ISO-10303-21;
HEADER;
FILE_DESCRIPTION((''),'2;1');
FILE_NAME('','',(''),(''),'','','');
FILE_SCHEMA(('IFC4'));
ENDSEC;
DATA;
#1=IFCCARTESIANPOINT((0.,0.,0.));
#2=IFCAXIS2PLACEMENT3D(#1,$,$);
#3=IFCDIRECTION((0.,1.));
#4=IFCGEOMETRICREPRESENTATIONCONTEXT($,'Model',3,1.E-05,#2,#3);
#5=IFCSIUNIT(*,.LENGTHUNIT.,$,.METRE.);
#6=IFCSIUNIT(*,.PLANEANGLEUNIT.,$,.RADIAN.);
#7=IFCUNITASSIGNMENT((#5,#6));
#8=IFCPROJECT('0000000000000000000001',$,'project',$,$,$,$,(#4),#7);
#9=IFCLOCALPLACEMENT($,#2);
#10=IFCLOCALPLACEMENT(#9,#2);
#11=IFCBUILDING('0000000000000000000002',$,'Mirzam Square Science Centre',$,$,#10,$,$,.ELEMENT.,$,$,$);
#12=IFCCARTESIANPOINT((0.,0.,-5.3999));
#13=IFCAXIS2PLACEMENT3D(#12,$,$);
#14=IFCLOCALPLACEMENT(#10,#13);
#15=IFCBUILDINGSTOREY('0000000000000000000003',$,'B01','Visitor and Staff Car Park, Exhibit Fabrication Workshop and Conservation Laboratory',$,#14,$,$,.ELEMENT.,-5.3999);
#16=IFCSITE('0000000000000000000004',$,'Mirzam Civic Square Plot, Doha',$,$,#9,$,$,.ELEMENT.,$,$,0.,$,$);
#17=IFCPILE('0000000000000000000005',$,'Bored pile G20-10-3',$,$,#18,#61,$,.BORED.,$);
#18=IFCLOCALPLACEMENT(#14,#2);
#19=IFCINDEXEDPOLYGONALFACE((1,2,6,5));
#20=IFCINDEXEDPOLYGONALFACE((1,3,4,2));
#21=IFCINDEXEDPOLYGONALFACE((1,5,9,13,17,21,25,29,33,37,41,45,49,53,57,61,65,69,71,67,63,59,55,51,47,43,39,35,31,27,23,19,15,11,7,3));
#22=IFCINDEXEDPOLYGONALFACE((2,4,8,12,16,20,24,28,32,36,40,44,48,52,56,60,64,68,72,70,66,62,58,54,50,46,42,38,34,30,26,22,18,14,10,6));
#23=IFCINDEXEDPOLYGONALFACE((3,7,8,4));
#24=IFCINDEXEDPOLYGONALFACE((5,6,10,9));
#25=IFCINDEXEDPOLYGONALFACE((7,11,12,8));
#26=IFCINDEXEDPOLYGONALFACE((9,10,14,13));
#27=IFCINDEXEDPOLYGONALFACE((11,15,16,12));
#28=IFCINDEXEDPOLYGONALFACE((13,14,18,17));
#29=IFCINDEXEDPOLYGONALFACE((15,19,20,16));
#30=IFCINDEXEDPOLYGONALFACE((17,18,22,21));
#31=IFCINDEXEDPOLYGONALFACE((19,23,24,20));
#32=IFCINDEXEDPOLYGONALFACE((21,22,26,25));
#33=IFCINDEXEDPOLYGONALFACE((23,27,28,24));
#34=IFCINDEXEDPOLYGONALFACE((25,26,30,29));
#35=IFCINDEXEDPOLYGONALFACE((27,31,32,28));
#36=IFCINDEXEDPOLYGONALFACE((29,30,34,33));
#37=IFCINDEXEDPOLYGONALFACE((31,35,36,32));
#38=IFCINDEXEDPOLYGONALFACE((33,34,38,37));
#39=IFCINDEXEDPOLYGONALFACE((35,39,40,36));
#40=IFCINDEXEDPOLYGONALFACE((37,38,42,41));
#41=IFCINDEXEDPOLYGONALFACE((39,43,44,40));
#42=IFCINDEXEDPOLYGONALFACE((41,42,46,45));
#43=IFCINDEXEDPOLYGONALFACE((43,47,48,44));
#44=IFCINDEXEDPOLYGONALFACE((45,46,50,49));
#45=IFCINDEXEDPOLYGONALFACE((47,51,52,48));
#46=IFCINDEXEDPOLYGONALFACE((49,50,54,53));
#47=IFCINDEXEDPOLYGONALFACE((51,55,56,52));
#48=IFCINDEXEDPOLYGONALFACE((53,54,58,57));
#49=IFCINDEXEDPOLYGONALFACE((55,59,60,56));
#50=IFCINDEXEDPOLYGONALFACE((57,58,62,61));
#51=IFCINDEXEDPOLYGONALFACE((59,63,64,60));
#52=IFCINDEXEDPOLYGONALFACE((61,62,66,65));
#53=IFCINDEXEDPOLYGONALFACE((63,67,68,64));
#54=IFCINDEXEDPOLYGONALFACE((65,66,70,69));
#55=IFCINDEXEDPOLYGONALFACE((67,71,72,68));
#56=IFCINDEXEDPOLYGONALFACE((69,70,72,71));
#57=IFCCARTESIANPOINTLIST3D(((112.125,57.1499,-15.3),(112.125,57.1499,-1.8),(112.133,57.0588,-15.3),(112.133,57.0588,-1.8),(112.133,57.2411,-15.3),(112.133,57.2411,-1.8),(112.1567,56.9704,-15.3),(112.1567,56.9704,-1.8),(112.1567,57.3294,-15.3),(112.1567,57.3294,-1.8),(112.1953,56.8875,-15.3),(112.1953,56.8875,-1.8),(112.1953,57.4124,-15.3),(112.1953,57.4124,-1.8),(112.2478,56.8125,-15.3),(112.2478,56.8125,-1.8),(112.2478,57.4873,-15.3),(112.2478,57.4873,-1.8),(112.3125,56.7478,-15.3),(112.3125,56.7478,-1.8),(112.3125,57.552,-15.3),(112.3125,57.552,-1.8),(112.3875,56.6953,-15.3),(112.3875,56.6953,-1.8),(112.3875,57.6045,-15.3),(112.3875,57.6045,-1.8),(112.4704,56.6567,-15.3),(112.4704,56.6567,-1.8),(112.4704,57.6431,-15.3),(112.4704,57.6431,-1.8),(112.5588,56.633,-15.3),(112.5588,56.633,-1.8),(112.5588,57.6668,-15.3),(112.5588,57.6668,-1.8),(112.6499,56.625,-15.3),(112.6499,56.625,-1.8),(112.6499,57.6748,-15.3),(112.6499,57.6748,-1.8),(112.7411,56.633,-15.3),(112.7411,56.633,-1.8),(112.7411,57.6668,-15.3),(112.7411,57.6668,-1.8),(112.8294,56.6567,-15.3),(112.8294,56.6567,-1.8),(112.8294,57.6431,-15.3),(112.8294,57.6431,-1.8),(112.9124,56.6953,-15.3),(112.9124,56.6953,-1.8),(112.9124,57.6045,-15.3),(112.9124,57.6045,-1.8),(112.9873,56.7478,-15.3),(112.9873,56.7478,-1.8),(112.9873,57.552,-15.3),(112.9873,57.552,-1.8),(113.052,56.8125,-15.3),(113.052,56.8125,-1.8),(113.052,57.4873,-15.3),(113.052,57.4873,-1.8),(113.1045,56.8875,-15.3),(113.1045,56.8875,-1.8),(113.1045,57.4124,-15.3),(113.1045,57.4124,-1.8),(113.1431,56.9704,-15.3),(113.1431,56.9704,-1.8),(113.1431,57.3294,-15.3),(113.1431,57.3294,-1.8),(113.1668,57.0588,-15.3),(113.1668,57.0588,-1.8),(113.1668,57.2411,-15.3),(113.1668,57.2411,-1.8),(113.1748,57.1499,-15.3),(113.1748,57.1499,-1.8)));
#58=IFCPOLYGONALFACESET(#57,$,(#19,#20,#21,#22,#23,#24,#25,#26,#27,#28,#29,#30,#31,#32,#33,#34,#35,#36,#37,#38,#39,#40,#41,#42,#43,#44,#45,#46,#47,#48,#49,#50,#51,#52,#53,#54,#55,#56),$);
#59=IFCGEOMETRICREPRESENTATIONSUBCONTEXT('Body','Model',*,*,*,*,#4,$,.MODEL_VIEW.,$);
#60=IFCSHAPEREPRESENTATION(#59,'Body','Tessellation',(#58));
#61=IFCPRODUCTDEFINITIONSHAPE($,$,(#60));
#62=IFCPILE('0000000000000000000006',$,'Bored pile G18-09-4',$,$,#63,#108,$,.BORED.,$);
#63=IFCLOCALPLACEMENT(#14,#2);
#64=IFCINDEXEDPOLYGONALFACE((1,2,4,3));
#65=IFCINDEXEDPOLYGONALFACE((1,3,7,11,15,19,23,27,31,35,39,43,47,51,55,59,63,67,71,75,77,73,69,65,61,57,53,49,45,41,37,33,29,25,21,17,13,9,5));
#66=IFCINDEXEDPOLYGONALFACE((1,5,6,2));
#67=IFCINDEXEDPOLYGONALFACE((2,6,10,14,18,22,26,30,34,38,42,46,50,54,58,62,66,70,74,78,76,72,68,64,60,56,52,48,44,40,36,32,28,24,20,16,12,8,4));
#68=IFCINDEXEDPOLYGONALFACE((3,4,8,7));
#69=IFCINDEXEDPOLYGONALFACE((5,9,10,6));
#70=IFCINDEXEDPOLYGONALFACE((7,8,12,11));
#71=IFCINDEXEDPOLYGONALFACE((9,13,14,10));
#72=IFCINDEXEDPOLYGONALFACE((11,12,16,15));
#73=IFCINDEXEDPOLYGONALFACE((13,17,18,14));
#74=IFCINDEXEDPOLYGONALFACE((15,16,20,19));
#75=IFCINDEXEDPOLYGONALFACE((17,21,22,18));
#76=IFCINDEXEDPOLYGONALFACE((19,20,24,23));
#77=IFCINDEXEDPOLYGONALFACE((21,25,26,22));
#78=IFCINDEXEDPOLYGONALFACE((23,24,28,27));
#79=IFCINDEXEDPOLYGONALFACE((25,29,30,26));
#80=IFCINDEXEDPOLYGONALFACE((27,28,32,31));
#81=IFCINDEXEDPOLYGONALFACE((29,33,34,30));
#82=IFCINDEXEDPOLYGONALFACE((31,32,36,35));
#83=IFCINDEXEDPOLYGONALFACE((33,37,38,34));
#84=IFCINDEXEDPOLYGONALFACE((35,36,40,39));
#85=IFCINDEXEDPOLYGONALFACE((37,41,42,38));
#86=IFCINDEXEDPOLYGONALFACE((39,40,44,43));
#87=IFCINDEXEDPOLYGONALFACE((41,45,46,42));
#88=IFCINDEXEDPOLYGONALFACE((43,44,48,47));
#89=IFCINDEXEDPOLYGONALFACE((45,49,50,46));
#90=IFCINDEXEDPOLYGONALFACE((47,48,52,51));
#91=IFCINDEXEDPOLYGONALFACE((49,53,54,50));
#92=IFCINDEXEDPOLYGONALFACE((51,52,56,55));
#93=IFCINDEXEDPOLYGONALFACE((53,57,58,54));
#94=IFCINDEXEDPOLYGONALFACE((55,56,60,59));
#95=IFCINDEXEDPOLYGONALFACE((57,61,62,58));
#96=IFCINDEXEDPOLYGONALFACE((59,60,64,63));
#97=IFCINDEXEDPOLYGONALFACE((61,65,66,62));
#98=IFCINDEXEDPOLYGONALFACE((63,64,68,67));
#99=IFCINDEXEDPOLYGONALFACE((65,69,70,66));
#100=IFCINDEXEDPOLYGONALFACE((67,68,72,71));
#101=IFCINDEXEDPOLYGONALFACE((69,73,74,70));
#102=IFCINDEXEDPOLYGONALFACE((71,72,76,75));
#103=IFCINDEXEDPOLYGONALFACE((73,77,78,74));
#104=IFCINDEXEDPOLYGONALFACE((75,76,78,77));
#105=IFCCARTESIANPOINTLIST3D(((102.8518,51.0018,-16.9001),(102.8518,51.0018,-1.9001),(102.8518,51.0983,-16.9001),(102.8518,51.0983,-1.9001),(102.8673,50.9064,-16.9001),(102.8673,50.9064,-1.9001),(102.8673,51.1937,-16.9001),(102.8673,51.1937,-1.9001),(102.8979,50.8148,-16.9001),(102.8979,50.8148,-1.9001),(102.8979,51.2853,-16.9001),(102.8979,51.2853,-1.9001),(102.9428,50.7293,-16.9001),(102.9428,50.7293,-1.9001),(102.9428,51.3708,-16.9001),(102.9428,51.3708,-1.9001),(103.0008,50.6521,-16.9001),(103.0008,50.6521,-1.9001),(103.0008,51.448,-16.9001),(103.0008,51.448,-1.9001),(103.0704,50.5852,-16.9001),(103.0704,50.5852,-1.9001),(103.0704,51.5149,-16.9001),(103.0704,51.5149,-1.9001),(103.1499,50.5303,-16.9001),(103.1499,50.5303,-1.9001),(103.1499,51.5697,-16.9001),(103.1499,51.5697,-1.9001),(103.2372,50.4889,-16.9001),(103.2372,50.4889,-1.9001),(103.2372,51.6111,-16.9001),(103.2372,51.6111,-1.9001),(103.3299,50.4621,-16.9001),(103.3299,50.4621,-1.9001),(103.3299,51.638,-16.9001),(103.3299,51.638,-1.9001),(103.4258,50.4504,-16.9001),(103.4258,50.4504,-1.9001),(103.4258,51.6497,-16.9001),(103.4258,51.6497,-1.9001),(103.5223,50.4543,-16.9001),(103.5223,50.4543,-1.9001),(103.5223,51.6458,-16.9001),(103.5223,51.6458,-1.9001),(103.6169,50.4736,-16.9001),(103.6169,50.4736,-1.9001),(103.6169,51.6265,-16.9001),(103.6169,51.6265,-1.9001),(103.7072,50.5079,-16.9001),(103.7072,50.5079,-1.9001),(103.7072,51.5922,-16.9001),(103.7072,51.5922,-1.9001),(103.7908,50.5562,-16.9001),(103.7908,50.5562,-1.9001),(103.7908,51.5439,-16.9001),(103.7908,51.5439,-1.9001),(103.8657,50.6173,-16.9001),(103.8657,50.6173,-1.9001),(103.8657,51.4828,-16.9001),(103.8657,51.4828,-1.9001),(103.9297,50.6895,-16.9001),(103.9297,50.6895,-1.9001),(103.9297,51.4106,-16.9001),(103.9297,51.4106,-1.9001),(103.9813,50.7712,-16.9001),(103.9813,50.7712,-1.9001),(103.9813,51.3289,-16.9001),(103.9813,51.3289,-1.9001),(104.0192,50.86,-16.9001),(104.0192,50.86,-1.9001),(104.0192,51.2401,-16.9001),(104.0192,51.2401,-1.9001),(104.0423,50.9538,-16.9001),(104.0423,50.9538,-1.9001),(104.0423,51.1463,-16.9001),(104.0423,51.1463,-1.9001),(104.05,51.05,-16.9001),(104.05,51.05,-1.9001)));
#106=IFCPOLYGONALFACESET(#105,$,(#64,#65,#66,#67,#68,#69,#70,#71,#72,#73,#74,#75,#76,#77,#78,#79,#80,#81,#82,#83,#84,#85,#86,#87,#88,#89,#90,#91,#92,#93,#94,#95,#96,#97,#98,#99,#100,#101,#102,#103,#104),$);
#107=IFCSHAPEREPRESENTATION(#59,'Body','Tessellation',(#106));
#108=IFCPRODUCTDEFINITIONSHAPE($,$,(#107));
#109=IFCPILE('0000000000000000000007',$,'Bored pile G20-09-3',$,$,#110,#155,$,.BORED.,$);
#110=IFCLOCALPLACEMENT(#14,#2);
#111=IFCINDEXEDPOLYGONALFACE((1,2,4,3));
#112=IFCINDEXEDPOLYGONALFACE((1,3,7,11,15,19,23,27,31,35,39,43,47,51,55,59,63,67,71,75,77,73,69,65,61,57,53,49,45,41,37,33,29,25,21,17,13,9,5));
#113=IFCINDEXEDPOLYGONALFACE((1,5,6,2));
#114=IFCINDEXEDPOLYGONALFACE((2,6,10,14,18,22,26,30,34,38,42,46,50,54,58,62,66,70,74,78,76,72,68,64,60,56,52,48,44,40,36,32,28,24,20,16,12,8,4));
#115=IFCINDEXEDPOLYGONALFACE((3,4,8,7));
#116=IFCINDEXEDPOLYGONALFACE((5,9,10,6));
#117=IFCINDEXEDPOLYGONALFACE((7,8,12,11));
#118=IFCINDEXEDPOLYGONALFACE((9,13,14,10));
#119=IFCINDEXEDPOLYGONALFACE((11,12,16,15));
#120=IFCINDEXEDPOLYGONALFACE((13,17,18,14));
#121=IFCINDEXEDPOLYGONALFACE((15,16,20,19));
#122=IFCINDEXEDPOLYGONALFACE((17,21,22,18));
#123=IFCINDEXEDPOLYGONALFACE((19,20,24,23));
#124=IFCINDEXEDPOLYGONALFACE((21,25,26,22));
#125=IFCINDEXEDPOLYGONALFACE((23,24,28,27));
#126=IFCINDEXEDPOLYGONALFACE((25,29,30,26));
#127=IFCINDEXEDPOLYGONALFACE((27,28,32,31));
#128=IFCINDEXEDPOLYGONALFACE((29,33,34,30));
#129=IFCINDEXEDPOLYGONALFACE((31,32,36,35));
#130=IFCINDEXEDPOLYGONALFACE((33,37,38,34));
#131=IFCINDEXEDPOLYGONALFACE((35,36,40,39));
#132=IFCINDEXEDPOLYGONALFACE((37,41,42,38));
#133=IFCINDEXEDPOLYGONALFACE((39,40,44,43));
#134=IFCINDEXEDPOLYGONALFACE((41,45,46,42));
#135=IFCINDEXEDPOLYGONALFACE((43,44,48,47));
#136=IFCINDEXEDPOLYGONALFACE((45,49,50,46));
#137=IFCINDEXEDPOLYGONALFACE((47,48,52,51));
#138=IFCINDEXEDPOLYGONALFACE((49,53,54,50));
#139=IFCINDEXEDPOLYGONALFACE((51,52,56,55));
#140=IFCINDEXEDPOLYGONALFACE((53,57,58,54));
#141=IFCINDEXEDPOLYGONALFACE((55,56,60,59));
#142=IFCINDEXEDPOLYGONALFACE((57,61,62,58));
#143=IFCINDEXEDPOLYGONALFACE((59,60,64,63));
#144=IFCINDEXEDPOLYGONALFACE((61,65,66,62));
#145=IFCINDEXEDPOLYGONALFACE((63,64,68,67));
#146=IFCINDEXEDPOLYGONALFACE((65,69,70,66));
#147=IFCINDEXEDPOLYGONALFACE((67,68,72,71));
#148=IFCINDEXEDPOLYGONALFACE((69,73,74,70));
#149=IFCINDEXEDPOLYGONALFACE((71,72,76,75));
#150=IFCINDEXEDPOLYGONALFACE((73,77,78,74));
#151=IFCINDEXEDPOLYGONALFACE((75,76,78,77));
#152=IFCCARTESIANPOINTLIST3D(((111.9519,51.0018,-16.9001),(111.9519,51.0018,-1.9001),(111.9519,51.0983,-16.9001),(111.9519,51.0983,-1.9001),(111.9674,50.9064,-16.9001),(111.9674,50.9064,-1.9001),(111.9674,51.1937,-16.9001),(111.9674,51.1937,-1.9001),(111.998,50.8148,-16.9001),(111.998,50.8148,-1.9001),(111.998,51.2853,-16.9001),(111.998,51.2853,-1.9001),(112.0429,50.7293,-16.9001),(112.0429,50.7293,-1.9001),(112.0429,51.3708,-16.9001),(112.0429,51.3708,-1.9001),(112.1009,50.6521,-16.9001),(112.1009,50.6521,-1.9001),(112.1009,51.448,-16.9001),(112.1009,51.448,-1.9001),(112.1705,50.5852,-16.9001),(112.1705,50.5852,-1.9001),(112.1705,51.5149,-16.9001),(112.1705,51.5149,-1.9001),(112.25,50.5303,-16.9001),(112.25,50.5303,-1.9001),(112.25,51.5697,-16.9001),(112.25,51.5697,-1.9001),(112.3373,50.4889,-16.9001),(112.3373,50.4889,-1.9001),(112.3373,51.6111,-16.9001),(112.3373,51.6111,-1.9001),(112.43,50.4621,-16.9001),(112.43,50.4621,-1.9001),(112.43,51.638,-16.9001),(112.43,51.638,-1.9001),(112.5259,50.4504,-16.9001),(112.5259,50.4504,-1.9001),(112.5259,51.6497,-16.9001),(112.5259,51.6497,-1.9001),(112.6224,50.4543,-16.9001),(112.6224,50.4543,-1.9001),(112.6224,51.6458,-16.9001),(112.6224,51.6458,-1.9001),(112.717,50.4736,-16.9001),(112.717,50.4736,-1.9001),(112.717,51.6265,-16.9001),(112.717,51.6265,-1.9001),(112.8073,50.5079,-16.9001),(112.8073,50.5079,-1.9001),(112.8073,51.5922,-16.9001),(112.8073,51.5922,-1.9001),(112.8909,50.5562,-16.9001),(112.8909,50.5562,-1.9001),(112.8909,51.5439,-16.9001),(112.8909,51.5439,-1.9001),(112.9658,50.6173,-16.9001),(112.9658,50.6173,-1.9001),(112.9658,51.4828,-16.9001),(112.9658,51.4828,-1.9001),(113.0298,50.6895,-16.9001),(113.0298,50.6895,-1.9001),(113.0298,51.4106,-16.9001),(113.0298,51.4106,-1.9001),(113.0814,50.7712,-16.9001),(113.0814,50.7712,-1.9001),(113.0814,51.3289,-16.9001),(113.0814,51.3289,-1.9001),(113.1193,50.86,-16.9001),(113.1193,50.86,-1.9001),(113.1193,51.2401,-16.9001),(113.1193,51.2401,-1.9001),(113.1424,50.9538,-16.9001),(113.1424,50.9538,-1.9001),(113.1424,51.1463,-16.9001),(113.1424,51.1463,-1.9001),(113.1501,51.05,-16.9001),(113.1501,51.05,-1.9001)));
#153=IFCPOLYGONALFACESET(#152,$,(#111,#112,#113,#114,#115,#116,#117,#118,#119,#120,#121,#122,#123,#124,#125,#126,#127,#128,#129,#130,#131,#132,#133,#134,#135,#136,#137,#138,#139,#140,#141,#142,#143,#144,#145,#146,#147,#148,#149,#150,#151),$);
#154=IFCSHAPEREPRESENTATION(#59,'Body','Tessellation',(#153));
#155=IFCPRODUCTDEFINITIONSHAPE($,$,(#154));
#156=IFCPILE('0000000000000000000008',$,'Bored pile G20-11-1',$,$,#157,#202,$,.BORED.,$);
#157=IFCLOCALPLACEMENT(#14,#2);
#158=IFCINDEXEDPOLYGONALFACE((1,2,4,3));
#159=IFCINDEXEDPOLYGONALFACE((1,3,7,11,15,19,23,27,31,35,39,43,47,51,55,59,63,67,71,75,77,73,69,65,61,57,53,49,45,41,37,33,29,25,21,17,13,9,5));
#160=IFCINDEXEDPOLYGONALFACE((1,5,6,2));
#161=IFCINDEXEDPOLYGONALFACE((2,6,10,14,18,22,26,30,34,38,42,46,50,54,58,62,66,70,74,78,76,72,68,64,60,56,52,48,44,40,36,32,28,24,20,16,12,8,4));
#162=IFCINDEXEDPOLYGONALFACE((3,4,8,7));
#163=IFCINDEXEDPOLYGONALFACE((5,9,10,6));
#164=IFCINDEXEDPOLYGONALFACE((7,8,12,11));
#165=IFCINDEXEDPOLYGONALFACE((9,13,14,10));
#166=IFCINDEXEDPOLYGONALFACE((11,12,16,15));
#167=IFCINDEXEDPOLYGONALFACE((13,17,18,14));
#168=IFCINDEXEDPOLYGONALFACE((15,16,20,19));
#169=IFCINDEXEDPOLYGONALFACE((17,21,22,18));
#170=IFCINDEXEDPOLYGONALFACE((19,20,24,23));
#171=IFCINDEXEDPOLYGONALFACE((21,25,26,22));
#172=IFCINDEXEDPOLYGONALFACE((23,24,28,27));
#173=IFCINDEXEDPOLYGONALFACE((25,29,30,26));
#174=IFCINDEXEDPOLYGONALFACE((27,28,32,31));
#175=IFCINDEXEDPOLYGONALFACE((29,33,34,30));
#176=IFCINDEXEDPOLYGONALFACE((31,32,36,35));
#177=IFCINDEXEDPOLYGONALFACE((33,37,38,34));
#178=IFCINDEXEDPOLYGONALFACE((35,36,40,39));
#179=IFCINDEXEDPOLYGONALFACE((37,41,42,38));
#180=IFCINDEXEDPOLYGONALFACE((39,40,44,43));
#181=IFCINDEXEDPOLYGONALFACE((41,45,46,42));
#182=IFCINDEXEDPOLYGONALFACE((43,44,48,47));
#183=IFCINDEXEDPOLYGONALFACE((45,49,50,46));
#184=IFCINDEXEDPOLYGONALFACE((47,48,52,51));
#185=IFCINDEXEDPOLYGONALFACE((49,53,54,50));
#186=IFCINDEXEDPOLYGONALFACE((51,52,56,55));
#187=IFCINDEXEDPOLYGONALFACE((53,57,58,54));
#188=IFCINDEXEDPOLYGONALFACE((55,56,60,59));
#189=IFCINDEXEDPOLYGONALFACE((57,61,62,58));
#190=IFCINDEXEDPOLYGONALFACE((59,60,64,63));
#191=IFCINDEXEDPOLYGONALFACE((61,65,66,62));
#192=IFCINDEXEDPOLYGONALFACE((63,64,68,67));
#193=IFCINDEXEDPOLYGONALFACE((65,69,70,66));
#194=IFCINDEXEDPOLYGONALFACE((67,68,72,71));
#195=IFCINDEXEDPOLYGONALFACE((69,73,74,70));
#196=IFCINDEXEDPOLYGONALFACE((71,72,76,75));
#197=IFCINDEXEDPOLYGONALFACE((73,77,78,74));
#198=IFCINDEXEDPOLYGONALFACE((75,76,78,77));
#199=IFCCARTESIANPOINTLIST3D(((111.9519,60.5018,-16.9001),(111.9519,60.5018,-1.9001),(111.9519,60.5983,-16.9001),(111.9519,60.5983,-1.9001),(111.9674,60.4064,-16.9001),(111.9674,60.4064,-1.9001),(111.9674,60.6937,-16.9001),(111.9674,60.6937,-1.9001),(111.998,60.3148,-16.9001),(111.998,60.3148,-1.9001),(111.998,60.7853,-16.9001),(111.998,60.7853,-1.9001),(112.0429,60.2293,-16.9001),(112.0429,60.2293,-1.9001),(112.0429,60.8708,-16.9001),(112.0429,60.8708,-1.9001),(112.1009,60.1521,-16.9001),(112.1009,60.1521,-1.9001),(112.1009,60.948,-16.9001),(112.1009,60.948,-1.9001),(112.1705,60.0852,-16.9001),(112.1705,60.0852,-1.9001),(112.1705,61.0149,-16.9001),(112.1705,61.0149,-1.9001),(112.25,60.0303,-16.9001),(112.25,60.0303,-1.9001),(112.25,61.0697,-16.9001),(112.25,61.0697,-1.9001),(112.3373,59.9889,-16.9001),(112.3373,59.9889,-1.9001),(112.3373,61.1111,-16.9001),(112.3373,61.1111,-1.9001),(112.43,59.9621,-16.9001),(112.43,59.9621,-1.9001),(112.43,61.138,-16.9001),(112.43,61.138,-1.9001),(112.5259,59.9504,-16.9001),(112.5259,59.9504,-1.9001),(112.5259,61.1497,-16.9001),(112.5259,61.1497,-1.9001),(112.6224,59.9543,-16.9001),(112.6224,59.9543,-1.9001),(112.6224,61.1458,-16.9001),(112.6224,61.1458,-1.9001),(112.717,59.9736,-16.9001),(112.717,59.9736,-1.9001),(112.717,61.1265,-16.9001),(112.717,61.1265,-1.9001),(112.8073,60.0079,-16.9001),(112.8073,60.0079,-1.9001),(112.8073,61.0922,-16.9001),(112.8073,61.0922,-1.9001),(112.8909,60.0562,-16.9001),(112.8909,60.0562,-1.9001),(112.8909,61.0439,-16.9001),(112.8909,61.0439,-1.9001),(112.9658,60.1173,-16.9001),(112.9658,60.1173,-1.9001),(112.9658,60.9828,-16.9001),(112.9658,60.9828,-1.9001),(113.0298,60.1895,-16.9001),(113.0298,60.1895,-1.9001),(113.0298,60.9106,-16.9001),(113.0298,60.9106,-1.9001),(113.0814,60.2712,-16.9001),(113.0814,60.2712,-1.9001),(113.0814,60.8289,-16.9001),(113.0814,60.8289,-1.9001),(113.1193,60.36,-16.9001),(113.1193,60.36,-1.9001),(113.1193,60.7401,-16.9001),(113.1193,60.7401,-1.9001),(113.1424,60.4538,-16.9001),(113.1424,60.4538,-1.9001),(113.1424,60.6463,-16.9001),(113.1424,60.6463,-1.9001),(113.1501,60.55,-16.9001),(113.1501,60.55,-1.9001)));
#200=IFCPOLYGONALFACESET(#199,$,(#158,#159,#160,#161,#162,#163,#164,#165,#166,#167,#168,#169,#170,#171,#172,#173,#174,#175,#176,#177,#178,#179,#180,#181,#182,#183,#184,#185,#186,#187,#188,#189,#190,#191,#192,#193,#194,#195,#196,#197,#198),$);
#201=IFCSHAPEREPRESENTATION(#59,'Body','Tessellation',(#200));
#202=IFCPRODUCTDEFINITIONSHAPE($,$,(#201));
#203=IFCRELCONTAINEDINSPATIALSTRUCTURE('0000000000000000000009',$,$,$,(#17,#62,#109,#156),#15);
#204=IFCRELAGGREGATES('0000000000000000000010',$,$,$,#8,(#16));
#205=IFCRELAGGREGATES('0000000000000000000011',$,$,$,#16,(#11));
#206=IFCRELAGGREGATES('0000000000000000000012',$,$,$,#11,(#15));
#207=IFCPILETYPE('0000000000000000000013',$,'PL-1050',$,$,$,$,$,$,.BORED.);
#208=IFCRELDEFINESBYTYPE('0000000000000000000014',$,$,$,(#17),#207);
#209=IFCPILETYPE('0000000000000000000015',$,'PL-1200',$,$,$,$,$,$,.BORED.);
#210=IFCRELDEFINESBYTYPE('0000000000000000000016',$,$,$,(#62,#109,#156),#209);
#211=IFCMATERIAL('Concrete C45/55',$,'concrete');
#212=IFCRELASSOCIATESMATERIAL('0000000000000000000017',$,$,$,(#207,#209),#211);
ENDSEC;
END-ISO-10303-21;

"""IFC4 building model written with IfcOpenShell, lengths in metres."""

from ifc_helpers import new_model, si_unit, direction, frame, origin, origin_2d, place, context, subcontext, project, spatial, circle, extrude, material, material_profile, profile_set, type_object, element, save


model = new_model("IFC4")

# Units and contexts
model_context = context("Model", 3, precision=1e-05, world=origin(), true_north=direction((0.0, 1.0)))
body_context = subcontext(model_context, "Body", "Model", "MODEL_VIEW")
ifc_project = project(units=[si_unit("LENGTHUNIT", "METRE"), si_unit("PLANEANGLEUNIT", "RADIAN")], contexts=[model_context])

# Site, building, storey
site_placement = place(None, origin())
site = spatial("IfcSite", under=ifc_project, at=site_placement, Name="Mirzam Civic Square Plot, Doha", CompositionType="ELEMENT", RefElevation=0.0)
building_placement = place(site_placement, origin())
building = spatial("IfcBuilding", under=site, at=building_placement, Name="Mirzam Square Science Centre", CompositionType="ELEMENT")
storey_placement = place(building_placement, frame((0.0, 0.0, -5.3999)))
storey = spatial("IfcBuildingStorey", under=building, at=storey_placement, Name="B01", Description="Visitor and Staff Car Park, Exhibit Fabrication Workshop and Conservation Laboratory", CompositionType="ELEMENT", Elevation=-5.3999)

# Shared definitions
ifc_material_1 = material(Name="Concrete C45/55", Category="concrete")

# Piles
ifc_material_profile_1 = material_profile(ifc_material_1, circle(Radius=0.5249, at=origin_2d()), Name="PILE-D1050")
ifc_profile_set_1 = profile_set([ifc_material_profile_1], Name="Concrete C45/55")
pile_type_1 = type_object("IfcPileType", Name="PL-1050", PredefinedType="BORED", material=ifc_profile_set_1)
for number, where, z_axis, x_axis, name in (
    (1, (112.6499, 57.1499, -1.8), (0.0, 0.0, -1.0), (1.0, 0.0, 0.0), "Bored pile G20-10-3"),
):
    element("IfcPile", number, at=place(storey_placement, frame(where, z_axis=z_axis, x_axis=x_axis)), inside=storey, type_object=pile_type_1, Name=name, PredefinedType="BORED", context=body_context, shape_type="SweptSolid", body=[
        extrude(circle(Radius=0.5249, at=origin_2d()), origin(), (0.0, 0.0, 1.0), 13.5),
    ])
ifc_material_profile_2 = material_profile(ifc_material_1, circle(Radius=0.6001, at=origin_2d()), Name="PILE-D1200")
ifc_profile_set_2 = profile_set([ifc_material_profile_2], Name="Concrete C45/55")
pile_type_2 = type_object("IfcPileType", Name="PL-1200", PredefinedType="BORED", material=ifc_profile_set_2)
for number, where, z_axis, x_axis, name in (
    (2, (103.45, 51.05, -1.9001), (0.0, 0.0, -1.0), (1.0, 0.0, 0.0), "Bored pile G18-09-4"),
    (3, (112.55, 51.05, -1.9001), (0.0, 0.0, -1.0), (1.0, 0.0, 0.0), "Bored pile G20-09-3"),
    (4, (112.55, 60.55, -1.9001), (0.0, 0.0, -1.0), (1.0, 0.0, 0.0), "Bored pile G20-11-1"),
):
    element("IfcPile", number, at=place(storey_placement, frame(where, z_axis=z_axis, x_axis=x_axis)), inside=storey, type_object=pile_type_2, Name=name, PredefinedType="BORED", context=body_context, shape_type="SweptSolid", body=[
        extrude(circle(Radius=0.6001, at=origin_2d()), origin(), (0.0, 0.0, 1.0), 15.0),
    ])

save(model, "model.ifc")
